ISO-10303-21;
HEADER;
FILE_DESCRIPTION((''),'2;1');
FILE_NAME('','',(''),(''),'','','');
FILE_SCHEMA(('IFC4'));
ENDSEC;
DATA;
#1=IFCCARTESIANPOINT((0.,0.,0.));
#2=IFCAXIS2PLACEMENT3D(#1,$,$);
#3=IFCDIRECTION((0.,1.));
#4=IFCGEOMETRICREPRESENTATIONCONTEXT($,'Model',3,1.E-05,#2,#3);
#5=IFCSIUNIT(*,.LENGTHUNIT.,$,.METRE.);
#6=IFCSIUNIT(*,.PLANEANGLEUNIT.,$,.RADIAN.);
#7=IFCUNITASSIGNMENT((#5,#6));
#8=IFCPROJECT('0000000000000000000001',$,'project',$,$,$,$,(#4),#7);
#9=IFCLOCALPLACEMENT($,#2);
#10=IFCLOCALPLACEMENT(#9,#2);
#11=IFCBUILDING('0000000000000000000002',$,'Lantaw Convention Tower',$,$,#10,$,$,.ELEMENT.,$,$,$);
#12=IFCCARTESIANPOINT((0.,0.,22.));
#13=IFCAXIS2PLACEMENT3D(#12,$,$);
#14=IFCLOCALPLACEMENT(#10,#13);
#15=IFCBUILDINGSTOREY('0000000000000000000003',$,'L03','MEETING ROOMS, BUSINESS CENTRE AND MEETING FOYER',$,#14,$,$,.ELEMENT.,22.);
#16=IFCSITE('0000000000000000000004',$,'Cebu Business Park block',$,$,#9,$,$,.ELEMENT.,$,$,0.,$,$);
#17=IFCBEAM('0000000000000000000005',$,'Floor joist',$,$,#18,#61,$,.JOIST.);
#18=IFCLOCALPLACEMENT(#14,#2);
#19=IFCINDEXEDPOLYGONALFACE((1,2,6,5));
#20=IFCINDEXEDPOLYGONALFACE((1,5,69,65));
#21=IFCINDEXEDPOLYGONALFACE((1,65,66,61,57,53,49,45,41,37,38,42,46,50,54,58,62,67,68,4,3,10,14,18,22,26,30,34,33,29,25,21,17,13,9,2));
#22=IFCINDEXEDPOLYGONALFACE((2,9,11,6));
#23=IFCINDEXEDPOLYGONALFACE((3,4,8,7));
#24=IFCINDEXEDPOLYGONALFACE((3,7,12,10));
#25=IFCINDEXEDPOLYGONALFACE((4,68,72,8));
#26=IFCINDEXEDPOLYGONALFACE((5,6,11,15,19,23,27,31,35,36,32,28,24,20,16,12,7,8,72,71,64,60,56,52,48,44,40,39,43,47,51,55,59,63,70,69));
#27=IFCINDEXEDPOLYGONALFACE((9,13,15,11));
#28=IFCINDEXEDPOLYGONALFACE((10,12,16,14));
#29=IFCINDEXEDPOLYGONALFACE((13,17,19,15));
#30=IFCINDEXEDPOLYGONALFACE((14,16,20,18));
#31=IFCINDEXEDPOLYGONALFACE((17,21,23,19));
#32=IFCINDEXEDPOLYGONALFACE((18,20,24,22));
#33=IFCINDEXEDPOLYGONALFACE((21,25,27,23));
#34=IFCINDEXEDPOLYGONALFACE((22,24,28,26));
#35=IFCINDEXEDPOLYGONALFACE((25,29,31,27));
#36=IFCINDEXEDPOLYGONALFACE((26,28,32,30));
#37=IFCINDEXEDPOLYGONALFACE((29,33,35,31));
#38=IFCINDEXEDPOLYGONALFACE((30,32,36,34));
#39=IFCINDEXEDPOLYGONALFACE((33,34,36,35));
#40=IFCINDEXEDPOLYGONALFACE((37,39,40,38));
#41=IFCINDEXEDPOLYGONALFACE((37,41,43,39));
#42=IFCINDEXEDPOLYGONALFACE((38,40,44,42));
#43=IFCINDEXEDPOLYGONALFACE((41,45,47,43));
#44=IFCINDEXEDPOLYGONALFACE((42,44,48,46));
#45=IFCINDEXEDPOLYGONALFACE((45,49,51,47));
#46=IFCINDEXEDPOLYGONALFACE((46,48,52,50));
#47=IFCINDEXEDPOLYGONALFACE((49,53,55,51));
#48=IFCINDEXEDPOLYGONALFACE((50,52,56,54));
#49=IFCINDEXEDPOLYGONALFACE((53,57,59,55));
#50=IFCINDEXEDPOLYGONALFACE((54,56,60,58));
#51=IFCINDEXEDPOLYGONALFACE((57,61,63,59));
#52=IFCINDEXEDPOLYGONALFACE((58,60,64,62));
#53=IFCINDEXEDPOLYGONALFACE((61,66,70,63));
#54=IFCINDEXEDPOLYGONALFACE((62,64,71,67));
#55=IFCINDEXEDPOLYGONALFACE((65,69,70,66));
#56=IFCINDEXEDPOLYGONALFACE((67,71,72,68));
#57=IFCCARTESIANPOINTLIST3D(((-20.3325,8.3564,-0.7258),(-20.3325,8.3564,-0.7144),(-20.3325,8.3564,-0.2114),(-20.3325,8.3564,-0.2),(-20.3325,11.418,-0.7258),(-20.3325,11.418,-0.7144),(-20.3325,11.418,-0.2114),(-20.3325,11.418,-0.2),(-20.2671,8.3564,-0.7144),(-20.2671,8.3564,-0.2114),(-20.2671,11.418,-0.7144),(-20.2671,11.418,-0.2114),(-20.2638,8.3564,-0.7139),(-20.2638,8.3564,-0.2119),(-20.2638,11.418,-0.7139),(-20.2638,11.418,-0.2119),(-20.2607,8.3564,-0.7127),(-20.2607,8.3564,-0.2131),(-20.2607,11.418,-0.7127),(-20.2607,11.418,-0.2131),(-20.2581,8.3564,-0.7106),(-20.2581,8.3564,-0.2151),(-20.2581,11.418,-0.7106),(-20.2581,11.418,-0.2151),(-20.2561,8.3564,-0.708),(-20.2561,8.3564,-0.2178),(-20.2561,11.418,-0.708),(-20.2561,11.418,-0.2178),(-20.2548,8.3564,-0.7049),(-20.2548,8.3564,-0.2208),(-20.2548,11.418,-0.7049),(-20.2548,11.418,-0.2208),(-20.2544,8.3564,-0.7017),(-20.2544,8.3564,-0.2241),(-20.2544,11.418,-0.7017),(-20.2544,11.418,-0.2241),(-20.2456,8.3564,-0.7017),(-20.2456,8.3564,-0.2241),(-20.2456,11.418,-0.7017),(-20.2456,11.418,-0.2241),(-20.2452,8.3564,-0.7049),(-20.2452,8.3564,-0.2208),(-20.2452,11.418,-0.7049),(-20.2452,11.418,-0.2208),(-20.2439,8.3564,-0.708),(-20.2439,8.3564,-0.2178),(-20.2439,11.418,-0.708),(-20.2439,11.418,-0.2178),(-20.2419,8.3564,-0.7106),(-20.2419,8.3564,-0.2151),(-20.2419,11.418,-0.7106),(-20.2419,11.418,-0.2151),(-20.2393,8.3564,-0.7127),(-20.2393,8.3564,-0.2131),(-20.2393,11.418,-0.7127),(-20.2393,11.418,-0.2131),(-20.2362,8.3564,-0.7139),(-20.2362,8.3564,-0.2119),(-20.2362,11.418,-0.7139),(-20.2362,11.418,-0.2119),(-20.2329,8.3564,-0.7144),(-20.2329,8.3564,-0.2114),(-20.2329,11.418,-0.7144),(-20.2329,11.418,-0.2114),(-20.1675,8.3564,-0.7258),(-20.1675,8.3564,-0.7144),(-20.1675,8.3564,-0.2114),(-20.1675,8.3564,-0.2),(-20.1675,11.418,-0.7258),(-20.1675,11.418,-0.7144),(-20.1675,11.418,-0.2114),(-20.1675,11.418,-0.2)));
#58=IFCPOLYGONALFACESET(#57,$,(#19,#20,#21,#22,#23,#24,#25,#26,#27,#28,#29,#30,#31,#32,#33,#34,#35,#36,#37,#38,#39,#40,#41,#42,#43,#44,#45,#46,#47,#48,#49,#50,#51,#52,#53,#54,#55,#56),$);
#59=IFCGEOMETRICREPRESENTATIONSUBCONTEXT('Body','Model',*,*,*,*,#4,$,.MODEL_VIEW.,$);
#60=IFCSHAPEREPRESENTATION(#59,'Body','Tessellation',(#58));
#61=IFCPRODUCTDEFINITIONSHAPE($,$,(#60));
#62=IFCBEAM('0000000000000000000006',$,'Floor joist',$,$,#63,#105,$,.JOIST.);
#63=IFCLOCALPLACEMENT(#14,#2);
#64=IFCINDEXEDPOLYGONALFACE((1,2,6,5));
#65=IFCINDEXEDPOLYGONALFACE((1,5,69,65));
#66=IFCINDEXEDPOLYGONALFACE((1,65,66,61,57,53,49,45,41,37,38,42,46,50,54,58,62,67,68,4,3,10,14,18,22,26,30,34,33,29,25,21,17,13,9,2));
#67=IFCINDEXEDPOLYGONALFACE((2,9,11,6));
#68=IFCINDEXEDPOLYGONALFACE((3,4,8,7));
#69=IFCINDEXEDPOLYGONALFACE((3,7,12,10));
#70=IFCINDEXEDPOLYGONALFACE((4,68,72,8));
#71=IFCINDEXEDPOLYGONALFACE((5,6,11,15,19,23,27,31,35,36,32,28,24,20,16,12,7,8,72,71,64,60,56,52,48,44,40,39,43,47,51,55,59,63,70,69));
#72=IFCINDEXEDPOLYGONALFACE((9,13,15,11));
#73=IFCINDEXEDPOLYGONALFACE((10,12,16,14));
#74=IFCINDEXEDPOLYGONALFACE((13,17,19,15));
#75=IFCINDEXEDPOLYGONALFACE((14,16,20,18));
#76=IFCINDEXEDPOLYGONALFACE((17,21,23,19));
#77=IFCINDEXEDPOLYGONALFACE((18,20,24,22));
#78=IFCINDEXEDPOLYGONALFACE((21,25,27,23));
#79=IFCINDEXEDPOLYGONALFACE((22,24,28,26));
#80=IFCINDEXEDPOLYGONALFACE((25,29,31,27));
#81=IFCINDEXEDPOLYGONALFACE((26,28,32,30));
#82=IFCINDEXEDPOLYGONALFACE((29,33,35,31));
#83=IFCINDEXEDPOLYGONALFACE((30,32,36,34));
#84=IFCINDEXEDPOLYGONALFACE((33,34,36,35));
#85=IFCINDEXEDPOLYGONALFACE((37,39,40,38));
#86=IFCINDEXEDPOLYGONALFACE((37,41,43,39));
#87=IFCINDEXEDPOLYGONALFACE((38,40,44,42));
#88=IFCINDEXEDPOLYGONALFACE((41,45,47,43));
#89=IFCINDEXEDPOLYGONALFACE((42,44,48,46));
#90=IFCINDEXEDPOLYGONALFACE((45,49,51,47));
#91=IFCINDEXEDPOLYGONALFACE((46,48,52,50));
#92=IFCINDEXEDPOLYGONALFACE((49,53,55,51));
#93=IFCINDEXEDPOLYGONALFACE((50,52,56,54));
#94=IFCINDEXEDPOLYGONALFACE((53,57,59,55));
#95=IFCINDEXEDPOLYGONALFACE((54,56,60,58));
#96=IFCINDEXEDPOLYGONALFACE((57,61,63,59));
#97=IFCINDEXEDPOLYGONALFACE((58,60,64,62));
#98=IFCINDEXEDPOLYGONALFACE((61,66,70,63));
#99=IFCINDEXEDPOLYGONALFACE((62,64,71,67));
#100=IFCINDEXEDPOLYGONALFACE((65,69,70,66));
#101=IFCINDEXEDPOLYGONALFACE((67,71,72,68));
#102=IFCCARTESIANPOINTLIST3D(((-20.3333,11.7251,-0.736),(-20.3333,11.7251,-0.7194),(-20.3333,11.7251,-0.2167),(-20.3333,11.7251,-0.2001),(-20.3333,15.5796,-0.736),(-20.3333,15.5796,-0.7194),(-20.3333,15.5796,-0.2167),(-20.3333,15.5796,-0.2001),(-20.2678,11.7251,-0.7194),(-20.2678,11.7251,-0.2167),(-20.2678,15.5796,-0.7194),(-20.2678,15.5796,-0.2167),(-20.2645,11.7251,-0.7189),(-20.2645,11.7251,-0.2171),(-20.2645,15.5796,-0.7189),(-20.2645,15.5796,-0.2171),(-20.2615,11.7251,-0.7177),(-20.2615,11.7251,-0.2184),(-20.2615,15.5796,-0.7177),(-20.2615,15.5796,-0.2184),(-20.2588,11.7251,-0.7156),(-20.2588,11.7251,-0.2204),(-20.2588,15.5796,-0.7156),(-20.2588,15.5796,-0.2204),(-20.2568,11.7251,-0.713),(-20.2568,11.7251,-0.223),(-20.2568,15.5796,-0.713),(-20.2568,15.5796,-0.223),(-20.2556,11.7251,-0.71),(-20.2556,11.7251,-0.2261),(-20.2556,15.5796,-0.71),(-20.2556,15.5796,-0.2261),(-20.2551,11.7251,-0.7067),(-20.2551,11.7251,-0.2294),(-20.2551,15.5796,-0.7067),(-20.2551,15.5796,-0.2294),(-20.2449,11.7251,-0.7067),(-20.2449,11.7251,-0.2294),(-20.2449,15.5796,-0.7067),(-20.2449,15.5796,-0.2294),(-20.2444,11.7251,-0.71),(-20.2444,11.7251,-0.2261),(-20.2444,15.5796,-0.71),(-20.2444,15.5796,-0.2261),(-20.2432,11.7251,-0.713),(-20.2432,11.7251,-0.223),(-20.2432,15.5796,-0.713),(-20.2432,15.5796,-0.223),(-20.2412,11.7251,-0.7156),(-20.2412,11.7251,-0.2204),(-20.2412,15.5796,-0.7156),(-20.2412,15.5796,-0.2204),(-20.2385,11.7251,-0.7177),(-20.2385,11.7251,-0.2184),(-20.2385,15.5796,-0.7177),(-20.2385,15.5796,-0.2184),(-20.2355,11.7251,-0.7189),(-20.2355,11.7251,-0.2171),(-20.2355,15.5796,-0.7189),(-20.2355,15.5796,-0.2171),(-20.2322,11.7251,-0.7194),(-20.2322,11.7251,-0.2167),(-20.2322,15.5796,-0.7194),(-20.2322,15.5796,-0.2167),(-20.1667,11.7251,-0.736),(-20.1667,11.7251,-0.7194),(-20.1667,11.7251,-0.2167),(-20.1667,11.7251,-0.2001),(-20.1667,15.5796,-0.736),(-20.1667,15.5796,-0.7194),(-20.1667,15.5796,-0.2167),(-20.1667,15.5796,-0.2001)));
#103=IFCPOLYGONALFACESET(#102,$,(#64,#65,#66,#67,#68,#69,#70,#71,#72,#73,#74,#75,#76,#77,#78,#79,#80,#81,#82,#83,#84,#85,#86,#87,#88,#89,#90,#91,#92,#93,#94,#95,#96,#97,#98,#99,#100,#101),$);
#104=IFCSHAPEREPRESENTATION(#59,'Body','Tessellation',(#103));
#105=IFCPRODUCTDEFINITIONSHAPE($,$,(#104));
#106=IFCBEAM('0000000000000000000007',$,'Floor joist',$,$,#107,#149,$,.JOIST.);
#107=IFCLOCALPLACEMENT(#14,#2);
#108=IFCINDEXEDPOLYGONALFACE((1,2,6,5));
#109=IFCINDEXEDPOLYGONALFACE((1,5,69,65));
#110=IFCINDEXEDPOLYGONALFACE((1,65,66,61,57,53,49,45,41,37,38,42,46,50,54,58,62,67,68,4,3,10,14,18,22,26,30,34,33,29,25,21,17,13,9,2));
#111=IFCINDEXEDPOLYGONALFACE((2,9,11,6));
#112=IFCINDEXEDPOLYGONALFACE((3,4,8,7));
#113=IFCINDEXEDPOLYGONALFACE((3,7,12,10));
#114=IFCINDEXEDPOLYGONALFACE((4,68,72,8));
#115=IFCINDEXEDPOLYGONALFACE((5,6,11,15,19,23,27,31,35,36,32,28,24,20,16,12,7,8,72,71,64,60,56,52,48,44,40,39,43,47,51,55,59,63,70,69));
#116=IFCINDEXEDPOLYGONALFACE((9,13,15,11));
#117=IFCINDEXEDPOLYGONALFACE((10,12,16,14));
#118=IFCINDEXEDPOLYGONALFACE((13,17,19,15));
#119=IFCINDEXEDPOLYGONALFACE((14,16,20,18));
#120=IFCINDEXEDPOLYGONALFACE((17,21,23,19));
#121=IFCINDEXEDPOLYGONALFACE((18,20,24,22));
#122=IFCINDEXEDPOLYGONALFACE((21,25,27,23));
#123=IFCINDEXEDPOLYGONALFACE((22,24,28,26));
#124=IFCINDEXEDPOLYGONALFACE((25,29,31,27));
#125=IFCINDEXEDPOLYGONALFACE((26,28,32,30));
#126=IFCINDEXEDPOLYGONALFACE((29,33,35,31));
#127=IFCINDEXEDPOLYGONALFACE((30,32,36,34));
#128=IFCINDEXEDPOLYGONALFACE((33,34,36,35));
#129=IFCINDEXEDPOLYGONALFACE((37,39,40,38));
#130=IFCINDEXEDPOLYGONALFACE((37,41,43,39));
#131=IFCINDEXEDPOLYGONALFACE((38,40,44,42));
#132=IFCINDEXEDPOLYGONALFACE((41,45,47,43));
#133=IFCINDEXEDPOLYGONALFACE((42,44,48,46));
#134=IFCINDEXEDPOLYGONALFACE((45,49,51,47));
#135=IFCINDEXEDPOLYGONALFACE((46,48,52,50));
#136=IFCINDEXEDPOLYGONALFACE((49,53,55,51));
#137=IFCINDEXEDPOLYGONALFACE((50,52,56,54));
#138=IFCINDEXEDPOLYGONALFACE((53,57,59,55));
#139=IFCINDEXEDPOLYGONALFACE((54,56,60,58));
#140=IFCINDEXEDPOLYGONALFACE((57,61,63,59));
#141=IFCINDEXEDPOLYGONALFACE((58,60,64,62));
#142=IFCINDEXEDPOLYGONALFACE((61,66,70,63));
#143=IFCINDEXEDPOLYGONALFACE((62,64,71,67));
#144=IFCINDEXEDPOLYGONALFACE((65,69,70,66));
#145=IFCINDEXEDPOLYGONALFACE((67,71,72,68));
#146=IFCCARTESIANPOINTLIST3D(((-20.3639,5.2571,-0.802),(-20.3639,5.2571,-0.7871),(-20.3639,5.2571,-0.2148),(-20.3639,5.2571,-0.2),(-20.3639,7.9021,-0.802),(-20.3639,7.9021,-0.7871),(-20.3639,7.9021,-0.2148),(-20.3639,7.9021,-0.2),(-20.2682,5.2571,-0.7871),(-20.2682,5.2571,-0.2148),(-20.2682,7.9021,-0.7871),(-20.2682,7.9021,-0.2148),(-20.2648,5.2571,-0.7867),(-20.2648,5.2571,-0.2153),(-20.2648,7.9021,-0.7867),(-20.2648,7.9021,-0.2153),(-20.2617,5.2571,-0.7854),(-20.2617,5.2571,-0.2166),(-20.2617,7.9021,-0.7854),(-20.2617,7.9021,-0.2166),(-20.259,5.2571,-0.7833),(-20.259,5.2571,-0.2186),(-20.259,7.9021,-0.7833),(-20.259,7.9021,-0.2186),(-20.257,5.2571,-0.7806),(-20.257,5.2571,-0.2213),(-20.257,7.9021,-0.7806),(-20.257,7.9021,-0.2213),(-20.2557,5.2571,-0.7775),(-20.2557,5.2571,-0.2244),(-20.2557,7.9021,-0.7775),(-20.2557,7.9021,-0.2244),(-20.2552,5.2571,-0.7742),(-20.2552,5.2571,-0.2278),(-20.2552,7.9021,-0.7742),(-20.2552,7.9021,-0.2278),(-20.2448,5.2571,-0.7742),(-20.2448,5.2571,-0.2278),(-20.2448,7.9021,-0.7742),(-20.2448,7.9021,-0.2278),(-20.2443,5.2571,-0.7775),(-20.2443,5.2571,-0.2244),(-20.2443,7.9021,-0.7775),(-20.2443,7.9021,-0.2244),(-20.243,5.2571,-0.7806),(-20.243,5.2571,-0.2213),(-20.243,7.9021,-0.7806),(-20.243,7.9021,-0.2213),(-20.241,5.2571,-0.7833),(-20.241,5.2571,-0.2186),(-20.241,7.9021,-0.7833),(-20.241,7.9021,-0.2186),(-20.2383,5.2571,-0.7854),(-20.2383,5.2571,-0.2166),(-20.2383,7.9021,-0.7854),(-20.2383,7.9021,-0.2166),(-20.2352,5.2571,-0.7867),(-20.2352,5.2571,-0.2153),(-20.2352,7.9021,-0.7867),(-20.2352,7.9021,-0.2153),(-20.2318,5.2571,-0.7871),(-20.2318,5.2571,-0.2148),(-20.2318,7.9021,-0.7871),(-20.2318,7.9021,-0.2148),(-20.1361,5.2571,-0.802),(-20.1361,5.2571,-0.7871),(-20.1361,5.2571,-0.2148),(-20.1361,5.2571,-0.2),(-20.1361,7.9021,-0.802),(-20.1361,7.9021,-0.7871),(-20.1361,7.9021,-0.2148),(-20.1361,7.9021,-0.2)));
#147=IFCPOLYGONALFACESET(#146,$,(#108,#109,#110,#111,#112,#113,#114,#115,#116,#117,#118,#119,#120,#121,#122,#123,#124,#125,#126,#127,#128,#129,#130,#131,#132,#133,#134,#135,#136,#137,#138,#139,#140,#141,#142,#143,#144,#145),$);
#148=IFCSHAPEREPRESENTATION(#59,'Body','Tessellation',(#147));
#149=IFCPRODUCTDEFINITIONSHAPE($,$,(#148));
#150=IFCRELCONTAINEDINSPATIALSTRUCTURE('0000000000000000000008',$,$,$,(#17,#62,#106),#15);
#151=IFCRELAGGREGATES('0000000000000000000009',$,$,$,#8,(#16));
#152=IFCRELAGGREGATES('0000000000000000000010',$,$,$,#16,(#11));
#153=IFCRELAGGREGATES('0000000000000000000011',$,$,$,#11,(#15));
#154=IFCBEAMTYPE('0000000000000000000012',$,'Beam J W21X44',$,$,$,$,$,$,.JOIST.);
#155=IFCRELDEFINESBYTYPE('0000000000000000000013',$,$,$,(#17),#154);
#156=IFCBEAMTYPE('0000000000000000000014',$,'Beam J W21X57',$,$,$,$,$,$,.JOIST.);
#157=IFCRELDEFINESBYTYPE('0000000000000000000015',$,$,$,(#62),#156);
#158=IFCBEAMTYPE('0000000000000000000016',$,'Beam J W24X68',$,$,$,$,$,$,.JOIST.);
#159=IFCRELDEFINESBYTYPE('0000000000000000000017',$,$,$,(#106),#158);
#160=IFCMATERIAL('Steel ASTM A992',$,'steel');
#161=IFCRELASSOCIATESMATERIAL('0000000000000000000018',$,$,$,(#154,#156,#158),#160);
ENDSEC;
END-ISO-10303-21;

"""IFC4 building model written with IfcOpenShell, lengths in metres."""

from ifc_helpers import new_model, si_unit, direction, frame, origin, origin_2d, place, context, subcontext, project, spatial, i_section, extrude, material, material_profile, profile_set, type_object, element, save


model = new_model("IFC4")

# Units and contexts
model_context = context("Model", 3, precision=1e-05, world=origin(), true_north=direction((0.0, 1.0)))
body_context = subcontext(model_context, "Body", "Model", "MODEL_VIEW")
ifc_project = project(units=[si_unit("LENGTHUNIT", "METRE"), si_unit("PLANEANGLEUNIT", "RADIAN")], contexts=[model_context])

# Site, building, storey
site_placement = place(None, origin())
site = spatial("IfcSite", under=ifc_project, at=site_placement, Name="Cebu Business Park block", CompositionType="ELEMENT", RefElevation=0.0)
building_placement = place(site_placement, origin())
building = spatial("IfcBuilding", under=site, at=building_placement, Name="Lantaw Convention Tower", CompositionType="ELEMENT")
storey_placement = place(building_placement, frame((0.0, 0.0, 22.0)))
storey = spatial("IfcBuildingStorey", under=building, at=storey_placement, Name="L03", Description="MEETING ROOMS, BUSINESS CENTRE AND MEETING FOYER", CompositionType="ELEMENT", Elevation=22.0)

# Beams
ifc_material_1 = material(Name="Steel ASTM A992", Category="steel")
ifc_material_profile_1 = material_profile(ifc_material_1, i_section(OverallWidth=0.165, OverallDepth=0.5259, WebThickness=0.0088, FlangeThickness=0.0115, FilletRadius=0.0127, at=origin_2d()), Name="W21X44")
ifc_profile_set_1 = profile_set([ifc_material_profile_1], Name="Steel ASTM A992")
beam_type_1 = type_object("IfcBeamType", Name="Beam J W21X44", PredefinedType="JOIST", material=ifc_profile_set_1)
beam_1_placement = place(storey_placement, frame((-20.25, 8.3564, -0.4629), z_axis=(0.0, 1.0, 0.0), x_axis=(-1.0, 0.0, 0.0)))
element("IfcBeam", 1, at=beam_1_placement, inside=storey, type_object=beam_type_1, Name="Floor joist", PredefinedType="JOIST", context=body_context, shape_type="SweptSolid", body=[
    extrude(i_section(OverallWidth=0.165, OverallDepth=0.5259, WebThickness=0.0088, FlangeThickness=0.0115, FilletRadius=0.0127, at=origin_2d()), origin(), (0.0, 0.0, 1.0), 3.0615),
])
ifc_material_profile_2 = material_profile(ifc_material_1, i_section(OverallWidth=0.1665, OverallDepth=0.5359, WebThickness=0.0103, FlangeThickness=0.0166, FilletRadius=0.0127, at=origin_2d()), Name="W21X57")
ifc_profile_set_2 = profile_set([ifc_material_profile_2], Name="Steel ASTM A992")
beam_type_2 = type_object("IfcBeamType", Name="Beam J W21X57", PredefinedType="JOIST", material=ifc_profile_set_2)
beam_2_placement = place(storey_placement, frame((-20.25, 11.7251, -0.468), z_axis=(0.0, 1.0, 0.0), x_axis=(-1.0, 0.0, 0.0)))
element("IfcBeam", 2, at=beam_2_placement, inside=storey, type_object=beam_type_2, Name="Floor joist", PredefinedType="JOIST", context=body_context, shape_type="SweptSolid", body=[
    extrude(i_section(OverallWidth=0.1665, OverallDepth=0.5359, WebThickness=0.0103, FlangeThickness=0.0166, FilletRadius=0.0127, at=origin_2d()), origin(), (0.0, 0.0, 1.0), 3.8545),
])
ifc_material_profile_3 = material_profile(ifc_material_1, i_section(OverallWidth=0.2278, OverallDepth=0.6021, WebThickness=0.0105, FlangeThickness=0.0149, FilletRadius=0.0129, at=origin_2d()), Name="W24X68")
ifc_profile_set_3 = profile_set([ifc_material_profile_3], Name="Steel ASTM A992")
beam_type_3 = type_object("IfcBeamType", Name="Beam J W24X68", PredefinedType="JOIST", material=ifc_profile_set_3)
beam_3_placement = place(storey_placement, frame((-20.25, 5.2571, -0.501), z_axis=(0.0, 1.0, 0.0), x_axis=(-1.0, 0.0, 0.0)))
element("IfcBeam", 3, at=beam_3_placement, inside=storey, type_object=beam_type_3, Name="Floor joist", PredefinedType="JOIST", context=body_context, shape_type="SweptSolid", body=[
    extrude(i_section(OverallWidth=0.2278, OverallDepth=0.6021, WebThickness=0.0105, FlangeThickness=0.0149, FilletRadius=0.0129, at=origin_2d()), origin(), (0.0, 0.0, 1.0), 2.645),
])

save(model, "model.ifc")
